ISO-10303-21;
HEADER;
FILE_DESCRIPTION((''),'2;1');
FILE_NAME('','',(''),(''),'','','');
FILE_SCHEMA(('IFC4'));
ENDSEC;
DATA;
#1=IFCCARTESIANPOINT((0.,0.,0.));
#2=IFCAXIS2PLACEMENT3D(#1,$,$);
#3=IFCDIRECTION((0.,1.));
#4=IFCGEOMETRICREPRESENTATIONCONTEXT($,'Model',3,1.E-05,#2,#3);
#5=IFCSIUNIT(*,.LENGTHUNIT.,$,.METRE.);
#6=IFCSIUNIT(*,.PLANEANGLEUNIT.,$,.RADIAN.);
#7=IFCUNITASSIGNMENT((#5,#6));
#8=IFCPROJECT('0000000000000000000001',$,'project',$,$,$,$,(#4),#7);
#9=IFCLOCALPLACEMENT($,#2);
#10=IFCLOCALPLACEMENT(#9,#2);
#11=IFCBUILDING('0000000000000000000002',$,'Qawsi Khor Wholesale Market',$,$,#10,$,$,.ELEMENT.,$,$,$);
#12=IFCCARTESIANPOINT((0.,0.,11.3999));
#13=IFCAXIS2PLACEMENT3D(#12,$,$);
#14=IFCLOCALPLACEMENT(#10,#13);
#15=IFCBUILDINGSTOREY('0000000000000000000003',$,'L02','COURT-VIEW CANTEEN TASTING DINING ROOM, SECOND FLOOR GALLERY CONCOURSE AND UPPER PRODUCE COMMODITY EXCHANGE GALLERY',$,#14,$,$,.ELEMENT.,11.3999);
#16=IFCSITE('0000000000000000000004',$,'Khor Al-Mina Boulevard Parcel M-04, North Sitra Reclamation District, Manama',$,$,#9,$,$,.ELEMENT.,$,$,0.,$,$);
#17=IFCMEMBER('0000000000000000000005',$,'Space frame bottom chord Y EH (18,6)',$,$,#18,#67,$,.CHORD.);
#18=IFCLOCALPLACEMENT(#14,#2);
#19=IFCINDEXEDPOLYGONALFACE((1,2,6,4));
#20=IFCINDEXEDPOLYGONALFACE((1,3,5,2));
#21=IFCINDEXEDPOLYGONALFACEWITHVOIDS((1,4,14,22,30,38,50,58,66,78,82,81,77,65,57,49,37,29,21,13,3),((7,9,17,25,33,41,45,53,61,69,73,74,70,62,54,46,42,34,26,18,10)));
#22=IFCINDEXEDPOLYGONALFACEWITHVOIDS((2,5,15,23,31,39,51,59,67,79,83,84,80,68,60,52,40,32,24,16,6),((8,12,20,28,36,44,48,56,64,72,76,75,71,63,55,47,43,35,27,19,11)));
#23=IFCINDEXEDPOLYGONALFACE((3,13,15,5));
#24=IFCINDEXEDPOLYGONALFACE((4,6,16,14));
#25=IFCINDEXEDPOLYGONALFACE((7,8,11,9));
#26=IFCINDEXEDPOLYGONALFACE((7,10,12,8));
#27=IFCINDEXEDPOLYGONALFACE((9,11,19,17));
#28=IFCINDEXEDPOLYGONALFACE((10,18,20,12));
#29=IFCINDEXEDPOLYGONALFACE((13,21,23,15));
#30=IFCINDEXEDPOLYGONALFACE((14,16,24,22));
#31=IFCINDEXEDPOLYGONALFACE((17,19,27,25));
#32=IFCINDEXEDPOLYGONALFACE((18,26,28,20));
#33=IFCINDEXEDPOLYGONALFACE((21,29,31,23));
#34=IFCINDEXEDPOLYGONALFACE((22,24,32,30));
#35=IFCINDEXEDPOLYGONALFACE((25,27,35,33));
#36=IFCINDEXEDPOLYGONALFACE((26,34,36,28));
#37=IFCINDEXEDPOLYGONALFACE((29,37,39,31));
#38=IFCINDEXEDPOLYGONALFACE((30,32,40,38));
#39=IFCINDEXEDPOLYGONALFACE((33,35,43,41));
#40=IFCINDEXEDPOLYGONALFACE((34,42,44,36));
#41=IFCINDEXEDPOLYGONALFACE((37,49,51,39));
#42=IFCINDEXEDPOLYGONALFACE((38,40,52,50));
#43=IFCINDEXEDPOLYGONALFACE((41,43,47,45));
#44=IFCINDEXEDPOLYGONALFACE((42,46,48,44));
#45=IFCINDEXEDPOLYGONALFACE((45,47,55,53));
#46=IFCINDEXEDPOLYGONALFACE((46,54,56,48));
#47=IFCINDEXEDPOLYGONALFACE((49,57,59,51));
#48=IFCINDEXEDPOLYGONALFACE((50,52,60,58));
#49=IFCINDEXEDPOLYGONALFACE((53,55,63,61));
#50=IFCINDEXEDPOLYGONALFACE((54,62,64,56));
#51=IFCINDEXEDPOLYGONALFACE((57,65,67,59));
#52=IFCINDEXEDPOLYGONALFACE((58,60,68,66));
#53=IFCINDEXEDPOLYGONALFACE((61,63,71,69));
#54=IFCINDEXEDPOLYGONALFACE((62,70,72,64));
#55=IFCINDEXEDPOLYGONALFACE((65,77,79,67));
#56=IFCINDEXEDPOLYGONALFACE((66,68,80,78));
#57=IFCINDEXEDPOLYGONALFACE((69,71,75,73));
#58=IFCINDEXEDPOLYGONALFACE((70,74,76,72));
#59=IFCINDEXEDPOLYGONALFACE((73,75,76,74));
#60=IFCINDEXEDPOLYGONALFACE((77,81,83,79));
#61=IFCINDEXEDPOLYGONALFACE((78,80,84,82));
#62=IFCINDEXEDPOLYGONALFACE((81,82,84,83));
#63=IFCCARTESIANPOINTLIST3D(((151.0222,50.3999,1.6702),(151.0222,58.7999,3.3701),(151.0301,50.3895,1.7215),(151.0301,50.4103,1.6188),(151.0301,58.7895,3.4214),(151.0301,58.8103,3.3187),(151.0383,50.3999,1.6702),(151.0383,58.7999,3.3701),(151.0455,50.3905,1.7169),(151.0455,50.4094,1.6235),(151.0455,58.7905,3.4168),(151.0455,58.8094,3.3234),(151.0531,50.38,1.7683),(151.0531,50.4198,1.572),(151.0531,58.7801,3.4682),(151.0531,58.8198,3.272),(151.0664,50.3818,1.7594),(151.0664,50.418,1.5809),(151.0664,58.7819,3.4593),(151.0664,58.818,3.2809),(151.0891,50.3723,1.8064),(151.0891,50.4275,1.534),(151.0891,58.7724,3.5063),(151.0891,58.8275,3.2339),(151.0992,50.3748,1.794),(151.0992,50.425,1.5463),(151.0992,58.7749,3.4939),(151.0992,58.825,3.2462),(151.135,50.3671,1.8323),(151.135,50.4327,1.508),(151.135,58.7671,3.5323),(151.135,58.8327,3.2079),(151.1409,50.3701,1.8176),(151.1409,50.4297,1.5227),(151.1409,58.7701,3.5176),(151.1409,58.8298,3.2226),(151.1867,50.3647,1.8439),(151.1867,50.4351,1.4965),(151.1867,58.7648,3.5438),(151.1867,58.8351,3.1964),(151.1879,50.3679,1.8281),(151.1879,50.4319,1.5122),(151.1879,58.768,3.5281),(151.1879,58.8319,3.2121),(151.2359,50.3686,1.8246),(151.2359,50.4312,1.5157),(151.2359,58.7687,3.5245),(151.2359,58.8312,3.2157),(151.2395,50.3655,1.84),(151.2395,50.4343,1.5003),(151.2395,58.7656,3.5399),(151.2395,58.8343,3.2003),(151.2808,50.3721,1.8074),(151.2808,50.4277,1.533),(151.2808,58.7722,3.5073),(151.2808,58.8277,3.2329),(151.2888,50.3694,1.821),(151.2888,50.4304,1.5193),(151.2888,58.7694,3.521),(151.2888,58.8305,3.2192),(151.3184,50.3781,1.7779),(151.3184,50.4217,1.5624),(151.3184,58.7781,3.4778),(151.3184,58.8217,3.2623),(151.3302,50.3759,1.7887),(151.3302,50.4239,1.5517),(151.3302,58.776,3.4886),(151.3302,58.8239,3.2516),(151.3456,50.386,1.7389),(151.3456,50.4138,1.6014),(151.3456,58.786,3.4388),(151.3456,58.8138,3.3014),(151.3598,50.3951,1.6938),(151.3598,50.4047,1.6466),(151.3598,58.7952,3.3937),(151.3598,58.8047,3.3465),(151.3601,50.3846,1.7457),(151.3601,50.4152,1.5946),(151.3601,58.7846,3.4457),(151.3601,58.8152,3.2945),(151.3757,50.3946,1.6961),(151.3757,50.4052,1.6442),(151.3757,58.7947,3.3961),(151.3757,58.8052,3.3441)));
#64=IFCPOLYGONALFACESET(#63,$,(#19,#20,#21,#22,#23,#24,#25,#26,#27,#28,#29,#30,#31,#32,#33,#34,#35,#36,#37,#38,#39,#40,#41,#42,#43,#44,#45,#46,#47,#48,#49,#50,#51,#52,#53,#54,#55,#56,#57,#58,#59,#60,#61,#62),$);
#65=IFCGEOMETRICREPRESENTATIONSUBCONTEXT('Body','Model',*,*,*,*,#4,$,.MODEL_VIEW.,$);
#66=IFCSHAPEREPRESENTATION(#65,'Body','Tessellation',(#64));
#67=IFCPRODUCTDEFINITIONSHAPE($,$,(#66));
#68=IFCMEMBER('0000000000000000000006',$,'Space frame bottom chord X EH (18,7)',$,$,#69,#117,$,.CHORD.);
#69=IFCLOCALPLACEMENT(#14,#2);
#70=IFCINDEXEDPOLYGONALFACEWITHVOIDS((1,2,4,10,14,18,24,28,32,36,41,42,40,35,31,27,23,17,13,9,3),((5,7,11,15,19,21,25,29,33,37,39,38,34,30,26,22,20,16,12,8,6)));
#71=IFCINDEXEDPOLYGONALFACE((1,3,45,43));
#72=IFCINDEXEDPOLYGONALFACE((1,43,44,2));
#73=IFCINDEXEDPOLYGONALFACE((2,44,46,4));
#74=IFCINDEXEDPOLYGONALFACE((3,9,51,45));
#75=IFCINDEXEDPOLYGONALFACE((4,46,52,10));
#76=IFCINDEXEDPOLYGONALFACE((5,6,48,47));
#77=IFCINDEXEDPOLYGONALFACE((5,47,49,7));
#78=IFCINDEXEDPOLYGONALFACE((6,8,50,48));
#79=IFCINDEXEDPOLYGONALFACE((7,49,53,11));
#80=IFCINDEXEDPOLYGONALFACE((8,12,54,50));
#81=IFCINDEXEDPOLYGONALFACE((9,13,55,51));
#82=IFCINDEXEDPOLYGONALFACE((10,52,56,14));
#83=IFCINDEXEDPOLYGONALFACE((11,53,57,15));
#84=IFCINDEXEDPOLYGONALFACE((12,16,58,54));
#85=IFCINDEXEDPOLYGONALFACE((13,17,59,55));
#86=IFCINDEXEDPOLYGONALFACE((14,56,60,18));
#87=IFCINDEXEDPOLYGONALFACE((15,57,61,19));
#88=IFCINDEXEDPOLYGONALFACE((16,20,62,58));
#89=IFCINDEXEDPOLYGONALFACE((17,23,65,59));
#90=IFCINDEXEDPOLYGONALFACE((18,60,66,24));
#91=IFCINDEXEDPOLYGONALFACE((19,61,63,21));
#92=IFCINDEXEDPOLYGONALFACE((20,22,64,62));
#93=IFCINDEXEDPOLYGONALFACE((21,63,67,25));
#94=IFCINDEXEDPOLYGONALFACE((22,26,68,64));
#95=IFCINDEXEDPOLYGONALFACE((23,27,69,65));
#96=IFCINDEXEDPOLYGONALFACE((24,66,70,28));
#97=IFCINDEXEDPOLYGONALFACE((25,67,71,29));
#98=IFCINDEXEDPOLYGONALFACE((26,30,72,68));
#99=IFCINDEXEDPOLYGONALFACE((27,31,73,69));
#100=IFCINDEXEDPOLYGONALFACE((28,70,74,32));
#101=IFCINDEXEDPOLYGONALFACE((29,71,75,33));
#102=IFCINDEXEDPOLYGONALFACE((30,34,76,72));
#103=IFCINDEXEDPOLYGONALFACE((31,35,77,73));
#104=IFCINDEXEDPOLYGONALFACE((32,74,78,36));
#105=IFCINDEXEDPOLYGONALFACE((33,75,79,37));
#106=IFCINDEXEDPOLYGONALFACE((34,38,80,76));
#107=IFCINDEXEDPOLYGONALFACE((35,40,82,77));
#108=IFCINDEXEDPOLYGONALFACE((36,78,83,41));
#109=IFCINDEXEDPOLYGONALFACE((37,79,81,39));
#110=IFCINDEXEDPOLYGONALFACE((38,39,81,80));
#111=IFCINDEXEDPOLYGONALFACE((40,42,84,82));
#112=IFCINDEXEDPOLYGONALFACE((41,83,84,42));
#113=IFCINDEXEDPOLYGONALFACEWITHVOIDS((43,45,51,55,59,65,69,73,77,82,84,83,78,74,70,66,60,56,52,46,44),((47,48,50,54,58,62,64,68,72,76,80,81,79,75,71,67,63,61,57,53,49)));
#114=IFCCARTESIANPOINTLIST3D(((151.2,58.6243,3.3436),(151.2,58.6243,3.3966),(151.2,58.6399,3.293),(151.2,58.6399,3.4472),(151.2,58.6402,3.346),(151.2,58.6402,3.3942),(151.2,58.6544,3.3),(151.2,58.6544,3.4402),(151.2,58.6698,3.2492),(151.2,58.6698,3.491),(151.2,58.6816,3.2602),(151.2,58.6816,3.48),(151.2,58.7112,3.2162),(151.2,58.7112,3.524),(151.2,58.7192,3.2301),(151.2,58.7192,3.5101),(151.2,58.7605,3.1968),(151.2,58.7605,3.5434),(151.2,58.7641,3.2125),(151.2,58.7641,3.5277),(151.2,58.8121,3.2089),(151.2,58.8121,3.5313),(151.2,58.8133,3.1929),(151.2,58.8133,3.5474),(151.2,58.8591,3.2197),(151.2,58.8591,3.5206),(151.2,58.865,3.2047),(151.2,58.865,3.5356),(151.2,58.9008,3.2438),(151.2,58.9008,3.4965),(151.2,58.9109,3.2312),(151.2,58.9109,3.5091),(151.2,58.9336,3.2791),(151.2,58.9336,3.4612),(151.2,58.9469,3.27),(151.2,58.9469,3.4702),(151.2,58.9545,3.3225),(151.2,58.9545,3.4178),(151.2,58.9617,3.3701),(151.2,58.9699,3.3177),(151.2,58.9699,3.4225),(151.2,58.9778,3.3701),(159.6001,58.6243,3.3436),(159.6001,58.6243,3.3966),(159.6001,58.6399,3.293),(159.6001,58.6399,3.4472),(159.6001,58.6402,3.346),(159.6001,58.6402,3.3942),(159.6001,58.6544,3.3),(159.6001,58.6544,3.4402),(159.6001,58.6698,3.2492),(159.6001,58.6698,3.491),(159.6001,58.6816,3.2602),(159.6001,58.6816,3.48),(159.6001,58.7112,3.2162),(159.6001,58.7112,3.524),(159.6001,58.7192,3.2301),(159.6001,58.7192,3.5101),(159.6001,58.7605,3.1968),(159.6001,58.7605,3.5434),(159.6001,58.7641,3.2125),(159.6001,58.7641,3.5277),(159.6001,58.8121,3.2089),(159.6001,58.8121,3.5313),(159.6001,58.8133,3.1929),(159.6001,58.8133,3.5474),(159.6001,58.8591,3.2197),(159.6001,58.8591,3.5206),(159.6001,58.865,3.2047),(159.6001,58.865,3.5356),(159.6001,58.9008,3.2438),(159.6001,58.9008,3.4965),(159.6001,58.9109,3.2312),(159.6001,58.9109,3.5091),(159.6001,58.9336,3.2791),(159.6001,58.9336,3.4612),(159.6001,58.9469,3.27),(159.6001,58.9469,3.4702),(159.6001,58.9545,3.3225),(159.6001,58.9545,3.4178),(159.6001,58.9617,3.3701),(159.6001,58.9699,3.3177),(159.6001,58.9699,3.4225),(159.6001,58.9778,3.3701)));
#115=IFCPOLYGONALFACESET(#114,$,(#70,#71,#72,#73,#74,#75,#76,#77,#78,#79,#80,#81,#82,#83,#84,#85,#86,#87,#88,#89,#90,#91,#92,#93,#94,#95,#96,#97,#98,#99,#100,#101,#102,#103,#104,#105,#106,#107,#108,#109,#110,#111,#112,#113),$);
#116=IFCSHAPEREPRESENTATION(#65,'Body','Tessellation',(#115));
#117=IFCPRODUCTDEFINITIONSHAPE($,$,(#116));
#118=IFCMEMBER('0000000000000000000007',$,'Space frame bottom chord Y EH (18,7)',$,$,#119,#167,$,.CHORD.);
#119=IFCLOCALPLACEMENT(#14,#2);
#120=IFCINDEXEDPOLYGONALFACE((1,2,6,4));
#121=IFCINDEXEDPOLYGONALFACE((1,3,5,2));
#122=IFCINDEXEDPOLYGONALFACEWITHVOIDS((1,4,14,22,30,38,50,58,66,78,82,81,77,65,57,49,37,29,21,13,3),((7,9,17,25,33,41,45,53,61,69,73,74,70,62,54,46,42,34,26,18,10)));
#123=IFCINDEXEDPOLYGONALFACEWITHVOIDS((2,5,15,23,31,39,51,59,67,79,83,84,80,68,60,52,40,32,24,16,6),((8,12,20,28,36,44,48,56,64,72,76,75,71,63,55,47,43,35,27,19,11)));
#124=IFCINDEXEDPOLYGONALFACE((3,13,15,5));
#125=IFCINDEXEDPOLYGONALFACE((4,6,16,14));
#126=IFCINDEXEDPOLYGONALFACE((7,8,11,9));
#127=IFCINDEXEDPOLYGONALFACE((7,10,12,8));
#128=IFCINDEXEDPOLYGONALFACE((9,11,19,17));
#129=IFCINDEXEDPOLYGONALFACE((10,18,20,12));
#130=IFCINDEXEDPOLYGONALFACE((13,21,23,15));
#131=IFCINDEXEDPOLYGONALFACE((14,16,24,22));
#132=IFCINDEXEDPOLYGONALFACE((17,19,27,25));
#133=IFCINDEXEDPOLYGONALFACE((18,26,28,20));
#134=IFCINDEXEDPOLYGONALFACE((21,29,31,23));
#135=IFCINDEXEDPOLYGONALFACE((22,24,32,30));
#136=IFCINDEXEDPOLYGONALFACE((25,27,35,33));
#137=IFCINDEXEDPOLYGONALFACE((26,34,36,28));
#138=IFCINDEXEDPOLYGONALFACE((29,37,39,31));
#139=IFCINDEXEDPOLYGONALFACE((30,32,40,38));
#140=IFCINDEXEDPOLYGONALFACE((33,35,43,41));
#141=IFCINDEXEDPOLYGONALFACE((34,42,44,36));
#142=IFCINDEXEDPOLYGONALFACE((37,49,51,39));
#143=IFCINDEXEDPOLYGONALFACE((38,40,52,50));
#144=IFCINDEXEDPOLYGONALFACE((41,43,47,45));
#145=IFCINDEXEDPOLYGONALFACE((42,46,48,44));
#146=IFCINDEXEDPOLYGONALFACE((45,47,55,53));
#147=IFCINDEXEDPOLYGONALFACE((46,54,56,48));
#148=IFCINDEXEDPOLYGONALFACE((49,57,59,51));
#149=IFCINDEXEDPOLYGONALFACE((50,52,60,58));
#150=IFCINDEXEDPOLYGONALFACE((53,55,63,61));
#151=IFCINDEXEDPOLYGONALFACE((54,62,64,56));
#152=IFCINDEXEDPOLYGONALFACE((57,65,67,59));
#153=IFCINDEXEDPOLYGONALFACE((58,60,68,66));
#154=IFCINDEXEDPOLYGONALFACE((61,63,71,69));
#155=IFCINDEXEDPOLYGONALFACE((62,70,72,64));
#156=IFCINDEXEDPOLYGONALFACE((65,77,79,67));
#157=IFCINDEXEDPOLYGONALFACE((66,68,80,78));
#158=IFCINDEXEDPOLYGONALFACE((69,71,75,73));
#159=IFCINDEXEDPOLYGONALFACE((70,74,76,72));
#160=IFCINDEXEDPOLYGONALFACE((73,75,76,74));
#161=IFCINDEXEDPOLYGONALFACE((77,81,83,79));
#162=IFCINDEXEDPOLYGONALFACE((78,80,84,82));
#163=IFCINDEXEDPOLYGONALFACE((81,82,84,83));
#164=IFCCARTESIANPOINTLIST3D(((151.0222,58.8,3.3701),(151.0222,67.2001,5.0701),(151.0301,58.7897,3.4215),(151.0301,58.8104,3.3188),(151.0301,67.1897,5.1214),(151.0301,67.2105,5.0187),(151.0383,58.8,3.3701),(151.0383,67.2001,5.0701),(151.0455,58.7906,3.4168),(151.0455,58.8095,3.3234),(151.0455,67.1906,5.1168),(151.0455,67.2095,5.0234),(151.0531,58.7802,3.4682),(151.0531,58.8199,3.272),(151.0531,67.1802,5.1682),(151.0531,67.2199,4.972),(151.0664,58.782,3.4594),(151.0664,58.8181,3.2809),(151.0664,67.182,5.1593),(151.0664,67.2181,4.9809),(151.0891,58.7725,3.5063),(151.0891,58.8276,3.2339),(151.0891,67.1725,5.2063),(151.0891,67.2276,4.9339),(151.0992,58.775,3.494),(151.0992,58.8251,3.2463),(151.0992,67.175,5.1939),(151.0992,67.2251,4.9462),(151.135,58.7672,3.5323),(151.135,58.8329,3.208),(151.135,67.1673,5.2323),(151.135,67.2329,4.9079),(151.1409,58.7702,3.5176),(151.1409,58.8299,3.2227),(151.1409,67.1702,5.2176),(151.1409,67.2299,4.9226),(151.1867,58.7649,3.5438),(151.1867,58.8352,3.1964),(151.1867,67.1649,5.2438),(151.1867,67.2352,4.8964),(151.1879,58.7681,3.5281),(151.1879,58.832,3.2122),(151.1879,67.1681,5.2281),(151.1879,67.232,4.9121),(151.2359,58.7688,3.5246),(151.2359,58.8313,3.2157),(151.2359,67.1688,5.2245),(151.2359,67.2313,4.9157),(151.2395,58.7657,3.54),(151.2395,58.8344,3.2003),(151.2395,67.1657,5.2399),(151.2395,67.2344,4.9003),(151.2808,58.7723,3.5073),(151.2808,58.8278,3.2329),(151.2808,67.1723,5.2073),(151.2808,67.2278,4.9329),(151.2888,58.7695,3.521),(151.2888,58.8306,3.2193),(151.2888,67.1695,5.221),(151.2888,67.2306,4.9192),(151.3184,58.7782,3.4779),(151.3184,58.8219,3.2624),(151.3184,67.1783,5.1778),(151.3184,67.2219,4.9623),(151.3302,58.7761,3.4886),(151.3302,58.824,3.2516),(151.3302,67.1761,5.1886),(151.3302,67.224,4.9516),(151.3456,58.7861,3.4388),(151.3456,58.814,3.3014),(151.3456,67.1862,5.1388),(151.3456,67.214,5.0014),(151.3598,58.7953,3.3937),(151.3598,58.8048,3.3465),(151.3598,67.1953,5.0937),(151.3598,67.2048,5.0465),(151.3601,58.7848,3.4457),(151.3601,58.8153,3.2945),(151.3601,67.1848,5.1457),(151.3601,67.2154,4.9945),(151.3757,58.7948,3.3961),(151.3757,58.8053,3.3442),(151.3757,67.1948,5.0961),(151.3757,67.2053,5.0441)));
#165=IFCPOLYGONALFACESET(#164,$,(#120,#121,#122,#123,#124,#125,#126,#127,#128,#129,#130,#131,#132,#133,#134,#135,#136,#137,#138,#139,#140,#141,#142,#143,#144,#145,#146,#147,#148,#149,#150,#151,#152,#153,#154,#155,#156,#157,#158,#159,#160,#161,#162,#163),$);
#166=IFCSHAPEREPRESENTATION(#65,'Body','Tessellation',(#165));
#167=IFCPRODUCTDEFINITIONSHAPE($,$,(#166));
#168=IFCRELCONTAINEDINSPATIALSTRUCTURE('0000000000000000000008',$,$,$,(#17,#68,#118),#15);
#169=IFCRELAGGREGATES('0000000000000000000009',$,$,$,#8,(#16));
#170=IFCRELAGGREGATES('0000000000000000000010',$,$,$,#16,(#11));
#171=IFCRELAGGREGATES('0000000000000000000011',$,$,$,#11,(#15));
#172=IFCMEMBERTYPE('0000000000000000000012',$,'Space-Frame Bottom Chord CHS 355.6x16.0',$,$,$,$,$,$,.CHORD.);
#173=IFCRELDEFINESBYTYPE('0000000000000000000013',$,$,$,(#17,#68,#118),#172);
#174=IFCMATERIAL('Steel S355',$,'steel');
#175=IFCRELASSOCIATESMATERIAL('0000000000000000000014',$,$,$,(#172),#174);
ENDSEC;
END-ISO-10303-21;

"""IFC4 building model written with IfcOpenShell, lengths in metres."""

from ifc_helpers import new_model, si_unit, direction, frame, origin, origin_2d, place, context, subcontext, project, spatial, hollow_circle, extrude, material, material_profile, profile_set, type_object, element, save


model = new_model("IFC4")

# Units and contexts
model_context = context("Model", 3, precision=1e-05, world=origin(), true_north=direction((0.0, 1.0)))
body_context = subcontext(model_context, "Body", "Model", "MODEL_VIEW")
ifc_project = project(units=[si_unit("LENGTHUNIT", "METRE"), si_unit("PLANEANGLEUNIT", "RADIAN")], contexts=[model_context])

# Site, building, storey
site_placement = place(None, origin())
site = spatial("IfcSite", under=ifc_project, at=site_placement, Name="Khor Al-Mina Boulevard Parcel M-04, North Sitra Reclamation District, Manama", CompositionType="ELEMENT", RefElevation=0.0)
building_placement = place(site_placement, origin())
building = spatial("IfcBuilding", under=site, at=building_placement, Name="Qawsi Khor Wholesale Market", CompositionType="ELEMENT")
storey_placement = place(building_placement, frame((0.0, 0.0, 11.3999)))
storey = spatial("IfcBuildingStorey", under=building, at=storey_placement, Name="L02", Description="COURT-VIEW CANTEEN TASTING DINING ROOM, SECOND FLOOR GALLERY CONCOURSE AND UPPER PRODUCE COMMODITY EXCHANGE GALLERY", CompositionType="ELEMENT", Elevation=11.3999)

# Members
ifc_material_1 = material(Name="Steel S355", Category="steel")
ifc_material_profile_1 = material_profile(ifc_material_1, hollow_circle(Radius=0.1777, WallThickness=0.0161, at=origin_2d()), Name="CHS 355.6x16.0")
ifc_profile_set_1 = profile_set([ifc_material_profile_1], Name="Steel S355")
member_type_1 = type_object("IfcMemberType", Name="Space-Frame Bottom Chord CHS 355.6x16.0", PredefinedType="CHORD", material=ifc_profile_set_1)
member_1_placement = place(storey_placement, frame((151.2, 50.3999, 1.6702), z_axis=(0.0, 0.980131, 0.198351), x_axis=(-1.0, 0.0, 0.0)))
element("IfcMember", 1, at=member_1_placement, inside=storey, type_object=member_type_1, Name="Space frame bottom chord Y EH (18,6)", PredefinedType="CHORD", context=body_context, shape_type="SweptSolid", body=[
    extrude(hollow_circle(Radius=0.1777, WallThickness=0.0161, at=origin_2d()), origin(), (0.0, 0.0, 1.0), 8.5703),
])
member_2_placement = place(storey_placement, frame((151.2, 58.8, 3.3701), z_axis=(1.0, 0.0, 0.0), x_axis=(0.0, 1.0, 0.0)))
element("IfcMember", 2, at=member_2_placement, inside=storey, type_object=member_type_1, Name="Space frame bottom chord X EH (18,7)", PredefinedType="CHORD", context=body_context, shape_type="SweptSolid", body=[
    extrude(hollow_circle(Radius=0.1777, WallThickness=0.0161, at=origin_2d()), origin(), (0.0, 0.0, 1.0), 8.4001),
])
member_3_placement = place(storey_placement, frame((151.2, 58.8, 3.3701), z_axis=(0.0, 0.98013, 0.198356), x_axis=(-1.0, 0.0, 0.0)))
element("IfcMember", 3, at=member_3_placement, inside=storey, type_object=member_type_1, Name="Space frame bottom chord Y EH (18,7)", PredefinedType="CHORD", context=body_context, shape_type="SweptSolid", body=[
    extrude(hollow_circle(Radius=0.1777, WallThickness=0.0161, at=origin_2d()), origin(), (0.0, 0.0, 1.0), 8.5703),
])

save(model, "model.ifc")
